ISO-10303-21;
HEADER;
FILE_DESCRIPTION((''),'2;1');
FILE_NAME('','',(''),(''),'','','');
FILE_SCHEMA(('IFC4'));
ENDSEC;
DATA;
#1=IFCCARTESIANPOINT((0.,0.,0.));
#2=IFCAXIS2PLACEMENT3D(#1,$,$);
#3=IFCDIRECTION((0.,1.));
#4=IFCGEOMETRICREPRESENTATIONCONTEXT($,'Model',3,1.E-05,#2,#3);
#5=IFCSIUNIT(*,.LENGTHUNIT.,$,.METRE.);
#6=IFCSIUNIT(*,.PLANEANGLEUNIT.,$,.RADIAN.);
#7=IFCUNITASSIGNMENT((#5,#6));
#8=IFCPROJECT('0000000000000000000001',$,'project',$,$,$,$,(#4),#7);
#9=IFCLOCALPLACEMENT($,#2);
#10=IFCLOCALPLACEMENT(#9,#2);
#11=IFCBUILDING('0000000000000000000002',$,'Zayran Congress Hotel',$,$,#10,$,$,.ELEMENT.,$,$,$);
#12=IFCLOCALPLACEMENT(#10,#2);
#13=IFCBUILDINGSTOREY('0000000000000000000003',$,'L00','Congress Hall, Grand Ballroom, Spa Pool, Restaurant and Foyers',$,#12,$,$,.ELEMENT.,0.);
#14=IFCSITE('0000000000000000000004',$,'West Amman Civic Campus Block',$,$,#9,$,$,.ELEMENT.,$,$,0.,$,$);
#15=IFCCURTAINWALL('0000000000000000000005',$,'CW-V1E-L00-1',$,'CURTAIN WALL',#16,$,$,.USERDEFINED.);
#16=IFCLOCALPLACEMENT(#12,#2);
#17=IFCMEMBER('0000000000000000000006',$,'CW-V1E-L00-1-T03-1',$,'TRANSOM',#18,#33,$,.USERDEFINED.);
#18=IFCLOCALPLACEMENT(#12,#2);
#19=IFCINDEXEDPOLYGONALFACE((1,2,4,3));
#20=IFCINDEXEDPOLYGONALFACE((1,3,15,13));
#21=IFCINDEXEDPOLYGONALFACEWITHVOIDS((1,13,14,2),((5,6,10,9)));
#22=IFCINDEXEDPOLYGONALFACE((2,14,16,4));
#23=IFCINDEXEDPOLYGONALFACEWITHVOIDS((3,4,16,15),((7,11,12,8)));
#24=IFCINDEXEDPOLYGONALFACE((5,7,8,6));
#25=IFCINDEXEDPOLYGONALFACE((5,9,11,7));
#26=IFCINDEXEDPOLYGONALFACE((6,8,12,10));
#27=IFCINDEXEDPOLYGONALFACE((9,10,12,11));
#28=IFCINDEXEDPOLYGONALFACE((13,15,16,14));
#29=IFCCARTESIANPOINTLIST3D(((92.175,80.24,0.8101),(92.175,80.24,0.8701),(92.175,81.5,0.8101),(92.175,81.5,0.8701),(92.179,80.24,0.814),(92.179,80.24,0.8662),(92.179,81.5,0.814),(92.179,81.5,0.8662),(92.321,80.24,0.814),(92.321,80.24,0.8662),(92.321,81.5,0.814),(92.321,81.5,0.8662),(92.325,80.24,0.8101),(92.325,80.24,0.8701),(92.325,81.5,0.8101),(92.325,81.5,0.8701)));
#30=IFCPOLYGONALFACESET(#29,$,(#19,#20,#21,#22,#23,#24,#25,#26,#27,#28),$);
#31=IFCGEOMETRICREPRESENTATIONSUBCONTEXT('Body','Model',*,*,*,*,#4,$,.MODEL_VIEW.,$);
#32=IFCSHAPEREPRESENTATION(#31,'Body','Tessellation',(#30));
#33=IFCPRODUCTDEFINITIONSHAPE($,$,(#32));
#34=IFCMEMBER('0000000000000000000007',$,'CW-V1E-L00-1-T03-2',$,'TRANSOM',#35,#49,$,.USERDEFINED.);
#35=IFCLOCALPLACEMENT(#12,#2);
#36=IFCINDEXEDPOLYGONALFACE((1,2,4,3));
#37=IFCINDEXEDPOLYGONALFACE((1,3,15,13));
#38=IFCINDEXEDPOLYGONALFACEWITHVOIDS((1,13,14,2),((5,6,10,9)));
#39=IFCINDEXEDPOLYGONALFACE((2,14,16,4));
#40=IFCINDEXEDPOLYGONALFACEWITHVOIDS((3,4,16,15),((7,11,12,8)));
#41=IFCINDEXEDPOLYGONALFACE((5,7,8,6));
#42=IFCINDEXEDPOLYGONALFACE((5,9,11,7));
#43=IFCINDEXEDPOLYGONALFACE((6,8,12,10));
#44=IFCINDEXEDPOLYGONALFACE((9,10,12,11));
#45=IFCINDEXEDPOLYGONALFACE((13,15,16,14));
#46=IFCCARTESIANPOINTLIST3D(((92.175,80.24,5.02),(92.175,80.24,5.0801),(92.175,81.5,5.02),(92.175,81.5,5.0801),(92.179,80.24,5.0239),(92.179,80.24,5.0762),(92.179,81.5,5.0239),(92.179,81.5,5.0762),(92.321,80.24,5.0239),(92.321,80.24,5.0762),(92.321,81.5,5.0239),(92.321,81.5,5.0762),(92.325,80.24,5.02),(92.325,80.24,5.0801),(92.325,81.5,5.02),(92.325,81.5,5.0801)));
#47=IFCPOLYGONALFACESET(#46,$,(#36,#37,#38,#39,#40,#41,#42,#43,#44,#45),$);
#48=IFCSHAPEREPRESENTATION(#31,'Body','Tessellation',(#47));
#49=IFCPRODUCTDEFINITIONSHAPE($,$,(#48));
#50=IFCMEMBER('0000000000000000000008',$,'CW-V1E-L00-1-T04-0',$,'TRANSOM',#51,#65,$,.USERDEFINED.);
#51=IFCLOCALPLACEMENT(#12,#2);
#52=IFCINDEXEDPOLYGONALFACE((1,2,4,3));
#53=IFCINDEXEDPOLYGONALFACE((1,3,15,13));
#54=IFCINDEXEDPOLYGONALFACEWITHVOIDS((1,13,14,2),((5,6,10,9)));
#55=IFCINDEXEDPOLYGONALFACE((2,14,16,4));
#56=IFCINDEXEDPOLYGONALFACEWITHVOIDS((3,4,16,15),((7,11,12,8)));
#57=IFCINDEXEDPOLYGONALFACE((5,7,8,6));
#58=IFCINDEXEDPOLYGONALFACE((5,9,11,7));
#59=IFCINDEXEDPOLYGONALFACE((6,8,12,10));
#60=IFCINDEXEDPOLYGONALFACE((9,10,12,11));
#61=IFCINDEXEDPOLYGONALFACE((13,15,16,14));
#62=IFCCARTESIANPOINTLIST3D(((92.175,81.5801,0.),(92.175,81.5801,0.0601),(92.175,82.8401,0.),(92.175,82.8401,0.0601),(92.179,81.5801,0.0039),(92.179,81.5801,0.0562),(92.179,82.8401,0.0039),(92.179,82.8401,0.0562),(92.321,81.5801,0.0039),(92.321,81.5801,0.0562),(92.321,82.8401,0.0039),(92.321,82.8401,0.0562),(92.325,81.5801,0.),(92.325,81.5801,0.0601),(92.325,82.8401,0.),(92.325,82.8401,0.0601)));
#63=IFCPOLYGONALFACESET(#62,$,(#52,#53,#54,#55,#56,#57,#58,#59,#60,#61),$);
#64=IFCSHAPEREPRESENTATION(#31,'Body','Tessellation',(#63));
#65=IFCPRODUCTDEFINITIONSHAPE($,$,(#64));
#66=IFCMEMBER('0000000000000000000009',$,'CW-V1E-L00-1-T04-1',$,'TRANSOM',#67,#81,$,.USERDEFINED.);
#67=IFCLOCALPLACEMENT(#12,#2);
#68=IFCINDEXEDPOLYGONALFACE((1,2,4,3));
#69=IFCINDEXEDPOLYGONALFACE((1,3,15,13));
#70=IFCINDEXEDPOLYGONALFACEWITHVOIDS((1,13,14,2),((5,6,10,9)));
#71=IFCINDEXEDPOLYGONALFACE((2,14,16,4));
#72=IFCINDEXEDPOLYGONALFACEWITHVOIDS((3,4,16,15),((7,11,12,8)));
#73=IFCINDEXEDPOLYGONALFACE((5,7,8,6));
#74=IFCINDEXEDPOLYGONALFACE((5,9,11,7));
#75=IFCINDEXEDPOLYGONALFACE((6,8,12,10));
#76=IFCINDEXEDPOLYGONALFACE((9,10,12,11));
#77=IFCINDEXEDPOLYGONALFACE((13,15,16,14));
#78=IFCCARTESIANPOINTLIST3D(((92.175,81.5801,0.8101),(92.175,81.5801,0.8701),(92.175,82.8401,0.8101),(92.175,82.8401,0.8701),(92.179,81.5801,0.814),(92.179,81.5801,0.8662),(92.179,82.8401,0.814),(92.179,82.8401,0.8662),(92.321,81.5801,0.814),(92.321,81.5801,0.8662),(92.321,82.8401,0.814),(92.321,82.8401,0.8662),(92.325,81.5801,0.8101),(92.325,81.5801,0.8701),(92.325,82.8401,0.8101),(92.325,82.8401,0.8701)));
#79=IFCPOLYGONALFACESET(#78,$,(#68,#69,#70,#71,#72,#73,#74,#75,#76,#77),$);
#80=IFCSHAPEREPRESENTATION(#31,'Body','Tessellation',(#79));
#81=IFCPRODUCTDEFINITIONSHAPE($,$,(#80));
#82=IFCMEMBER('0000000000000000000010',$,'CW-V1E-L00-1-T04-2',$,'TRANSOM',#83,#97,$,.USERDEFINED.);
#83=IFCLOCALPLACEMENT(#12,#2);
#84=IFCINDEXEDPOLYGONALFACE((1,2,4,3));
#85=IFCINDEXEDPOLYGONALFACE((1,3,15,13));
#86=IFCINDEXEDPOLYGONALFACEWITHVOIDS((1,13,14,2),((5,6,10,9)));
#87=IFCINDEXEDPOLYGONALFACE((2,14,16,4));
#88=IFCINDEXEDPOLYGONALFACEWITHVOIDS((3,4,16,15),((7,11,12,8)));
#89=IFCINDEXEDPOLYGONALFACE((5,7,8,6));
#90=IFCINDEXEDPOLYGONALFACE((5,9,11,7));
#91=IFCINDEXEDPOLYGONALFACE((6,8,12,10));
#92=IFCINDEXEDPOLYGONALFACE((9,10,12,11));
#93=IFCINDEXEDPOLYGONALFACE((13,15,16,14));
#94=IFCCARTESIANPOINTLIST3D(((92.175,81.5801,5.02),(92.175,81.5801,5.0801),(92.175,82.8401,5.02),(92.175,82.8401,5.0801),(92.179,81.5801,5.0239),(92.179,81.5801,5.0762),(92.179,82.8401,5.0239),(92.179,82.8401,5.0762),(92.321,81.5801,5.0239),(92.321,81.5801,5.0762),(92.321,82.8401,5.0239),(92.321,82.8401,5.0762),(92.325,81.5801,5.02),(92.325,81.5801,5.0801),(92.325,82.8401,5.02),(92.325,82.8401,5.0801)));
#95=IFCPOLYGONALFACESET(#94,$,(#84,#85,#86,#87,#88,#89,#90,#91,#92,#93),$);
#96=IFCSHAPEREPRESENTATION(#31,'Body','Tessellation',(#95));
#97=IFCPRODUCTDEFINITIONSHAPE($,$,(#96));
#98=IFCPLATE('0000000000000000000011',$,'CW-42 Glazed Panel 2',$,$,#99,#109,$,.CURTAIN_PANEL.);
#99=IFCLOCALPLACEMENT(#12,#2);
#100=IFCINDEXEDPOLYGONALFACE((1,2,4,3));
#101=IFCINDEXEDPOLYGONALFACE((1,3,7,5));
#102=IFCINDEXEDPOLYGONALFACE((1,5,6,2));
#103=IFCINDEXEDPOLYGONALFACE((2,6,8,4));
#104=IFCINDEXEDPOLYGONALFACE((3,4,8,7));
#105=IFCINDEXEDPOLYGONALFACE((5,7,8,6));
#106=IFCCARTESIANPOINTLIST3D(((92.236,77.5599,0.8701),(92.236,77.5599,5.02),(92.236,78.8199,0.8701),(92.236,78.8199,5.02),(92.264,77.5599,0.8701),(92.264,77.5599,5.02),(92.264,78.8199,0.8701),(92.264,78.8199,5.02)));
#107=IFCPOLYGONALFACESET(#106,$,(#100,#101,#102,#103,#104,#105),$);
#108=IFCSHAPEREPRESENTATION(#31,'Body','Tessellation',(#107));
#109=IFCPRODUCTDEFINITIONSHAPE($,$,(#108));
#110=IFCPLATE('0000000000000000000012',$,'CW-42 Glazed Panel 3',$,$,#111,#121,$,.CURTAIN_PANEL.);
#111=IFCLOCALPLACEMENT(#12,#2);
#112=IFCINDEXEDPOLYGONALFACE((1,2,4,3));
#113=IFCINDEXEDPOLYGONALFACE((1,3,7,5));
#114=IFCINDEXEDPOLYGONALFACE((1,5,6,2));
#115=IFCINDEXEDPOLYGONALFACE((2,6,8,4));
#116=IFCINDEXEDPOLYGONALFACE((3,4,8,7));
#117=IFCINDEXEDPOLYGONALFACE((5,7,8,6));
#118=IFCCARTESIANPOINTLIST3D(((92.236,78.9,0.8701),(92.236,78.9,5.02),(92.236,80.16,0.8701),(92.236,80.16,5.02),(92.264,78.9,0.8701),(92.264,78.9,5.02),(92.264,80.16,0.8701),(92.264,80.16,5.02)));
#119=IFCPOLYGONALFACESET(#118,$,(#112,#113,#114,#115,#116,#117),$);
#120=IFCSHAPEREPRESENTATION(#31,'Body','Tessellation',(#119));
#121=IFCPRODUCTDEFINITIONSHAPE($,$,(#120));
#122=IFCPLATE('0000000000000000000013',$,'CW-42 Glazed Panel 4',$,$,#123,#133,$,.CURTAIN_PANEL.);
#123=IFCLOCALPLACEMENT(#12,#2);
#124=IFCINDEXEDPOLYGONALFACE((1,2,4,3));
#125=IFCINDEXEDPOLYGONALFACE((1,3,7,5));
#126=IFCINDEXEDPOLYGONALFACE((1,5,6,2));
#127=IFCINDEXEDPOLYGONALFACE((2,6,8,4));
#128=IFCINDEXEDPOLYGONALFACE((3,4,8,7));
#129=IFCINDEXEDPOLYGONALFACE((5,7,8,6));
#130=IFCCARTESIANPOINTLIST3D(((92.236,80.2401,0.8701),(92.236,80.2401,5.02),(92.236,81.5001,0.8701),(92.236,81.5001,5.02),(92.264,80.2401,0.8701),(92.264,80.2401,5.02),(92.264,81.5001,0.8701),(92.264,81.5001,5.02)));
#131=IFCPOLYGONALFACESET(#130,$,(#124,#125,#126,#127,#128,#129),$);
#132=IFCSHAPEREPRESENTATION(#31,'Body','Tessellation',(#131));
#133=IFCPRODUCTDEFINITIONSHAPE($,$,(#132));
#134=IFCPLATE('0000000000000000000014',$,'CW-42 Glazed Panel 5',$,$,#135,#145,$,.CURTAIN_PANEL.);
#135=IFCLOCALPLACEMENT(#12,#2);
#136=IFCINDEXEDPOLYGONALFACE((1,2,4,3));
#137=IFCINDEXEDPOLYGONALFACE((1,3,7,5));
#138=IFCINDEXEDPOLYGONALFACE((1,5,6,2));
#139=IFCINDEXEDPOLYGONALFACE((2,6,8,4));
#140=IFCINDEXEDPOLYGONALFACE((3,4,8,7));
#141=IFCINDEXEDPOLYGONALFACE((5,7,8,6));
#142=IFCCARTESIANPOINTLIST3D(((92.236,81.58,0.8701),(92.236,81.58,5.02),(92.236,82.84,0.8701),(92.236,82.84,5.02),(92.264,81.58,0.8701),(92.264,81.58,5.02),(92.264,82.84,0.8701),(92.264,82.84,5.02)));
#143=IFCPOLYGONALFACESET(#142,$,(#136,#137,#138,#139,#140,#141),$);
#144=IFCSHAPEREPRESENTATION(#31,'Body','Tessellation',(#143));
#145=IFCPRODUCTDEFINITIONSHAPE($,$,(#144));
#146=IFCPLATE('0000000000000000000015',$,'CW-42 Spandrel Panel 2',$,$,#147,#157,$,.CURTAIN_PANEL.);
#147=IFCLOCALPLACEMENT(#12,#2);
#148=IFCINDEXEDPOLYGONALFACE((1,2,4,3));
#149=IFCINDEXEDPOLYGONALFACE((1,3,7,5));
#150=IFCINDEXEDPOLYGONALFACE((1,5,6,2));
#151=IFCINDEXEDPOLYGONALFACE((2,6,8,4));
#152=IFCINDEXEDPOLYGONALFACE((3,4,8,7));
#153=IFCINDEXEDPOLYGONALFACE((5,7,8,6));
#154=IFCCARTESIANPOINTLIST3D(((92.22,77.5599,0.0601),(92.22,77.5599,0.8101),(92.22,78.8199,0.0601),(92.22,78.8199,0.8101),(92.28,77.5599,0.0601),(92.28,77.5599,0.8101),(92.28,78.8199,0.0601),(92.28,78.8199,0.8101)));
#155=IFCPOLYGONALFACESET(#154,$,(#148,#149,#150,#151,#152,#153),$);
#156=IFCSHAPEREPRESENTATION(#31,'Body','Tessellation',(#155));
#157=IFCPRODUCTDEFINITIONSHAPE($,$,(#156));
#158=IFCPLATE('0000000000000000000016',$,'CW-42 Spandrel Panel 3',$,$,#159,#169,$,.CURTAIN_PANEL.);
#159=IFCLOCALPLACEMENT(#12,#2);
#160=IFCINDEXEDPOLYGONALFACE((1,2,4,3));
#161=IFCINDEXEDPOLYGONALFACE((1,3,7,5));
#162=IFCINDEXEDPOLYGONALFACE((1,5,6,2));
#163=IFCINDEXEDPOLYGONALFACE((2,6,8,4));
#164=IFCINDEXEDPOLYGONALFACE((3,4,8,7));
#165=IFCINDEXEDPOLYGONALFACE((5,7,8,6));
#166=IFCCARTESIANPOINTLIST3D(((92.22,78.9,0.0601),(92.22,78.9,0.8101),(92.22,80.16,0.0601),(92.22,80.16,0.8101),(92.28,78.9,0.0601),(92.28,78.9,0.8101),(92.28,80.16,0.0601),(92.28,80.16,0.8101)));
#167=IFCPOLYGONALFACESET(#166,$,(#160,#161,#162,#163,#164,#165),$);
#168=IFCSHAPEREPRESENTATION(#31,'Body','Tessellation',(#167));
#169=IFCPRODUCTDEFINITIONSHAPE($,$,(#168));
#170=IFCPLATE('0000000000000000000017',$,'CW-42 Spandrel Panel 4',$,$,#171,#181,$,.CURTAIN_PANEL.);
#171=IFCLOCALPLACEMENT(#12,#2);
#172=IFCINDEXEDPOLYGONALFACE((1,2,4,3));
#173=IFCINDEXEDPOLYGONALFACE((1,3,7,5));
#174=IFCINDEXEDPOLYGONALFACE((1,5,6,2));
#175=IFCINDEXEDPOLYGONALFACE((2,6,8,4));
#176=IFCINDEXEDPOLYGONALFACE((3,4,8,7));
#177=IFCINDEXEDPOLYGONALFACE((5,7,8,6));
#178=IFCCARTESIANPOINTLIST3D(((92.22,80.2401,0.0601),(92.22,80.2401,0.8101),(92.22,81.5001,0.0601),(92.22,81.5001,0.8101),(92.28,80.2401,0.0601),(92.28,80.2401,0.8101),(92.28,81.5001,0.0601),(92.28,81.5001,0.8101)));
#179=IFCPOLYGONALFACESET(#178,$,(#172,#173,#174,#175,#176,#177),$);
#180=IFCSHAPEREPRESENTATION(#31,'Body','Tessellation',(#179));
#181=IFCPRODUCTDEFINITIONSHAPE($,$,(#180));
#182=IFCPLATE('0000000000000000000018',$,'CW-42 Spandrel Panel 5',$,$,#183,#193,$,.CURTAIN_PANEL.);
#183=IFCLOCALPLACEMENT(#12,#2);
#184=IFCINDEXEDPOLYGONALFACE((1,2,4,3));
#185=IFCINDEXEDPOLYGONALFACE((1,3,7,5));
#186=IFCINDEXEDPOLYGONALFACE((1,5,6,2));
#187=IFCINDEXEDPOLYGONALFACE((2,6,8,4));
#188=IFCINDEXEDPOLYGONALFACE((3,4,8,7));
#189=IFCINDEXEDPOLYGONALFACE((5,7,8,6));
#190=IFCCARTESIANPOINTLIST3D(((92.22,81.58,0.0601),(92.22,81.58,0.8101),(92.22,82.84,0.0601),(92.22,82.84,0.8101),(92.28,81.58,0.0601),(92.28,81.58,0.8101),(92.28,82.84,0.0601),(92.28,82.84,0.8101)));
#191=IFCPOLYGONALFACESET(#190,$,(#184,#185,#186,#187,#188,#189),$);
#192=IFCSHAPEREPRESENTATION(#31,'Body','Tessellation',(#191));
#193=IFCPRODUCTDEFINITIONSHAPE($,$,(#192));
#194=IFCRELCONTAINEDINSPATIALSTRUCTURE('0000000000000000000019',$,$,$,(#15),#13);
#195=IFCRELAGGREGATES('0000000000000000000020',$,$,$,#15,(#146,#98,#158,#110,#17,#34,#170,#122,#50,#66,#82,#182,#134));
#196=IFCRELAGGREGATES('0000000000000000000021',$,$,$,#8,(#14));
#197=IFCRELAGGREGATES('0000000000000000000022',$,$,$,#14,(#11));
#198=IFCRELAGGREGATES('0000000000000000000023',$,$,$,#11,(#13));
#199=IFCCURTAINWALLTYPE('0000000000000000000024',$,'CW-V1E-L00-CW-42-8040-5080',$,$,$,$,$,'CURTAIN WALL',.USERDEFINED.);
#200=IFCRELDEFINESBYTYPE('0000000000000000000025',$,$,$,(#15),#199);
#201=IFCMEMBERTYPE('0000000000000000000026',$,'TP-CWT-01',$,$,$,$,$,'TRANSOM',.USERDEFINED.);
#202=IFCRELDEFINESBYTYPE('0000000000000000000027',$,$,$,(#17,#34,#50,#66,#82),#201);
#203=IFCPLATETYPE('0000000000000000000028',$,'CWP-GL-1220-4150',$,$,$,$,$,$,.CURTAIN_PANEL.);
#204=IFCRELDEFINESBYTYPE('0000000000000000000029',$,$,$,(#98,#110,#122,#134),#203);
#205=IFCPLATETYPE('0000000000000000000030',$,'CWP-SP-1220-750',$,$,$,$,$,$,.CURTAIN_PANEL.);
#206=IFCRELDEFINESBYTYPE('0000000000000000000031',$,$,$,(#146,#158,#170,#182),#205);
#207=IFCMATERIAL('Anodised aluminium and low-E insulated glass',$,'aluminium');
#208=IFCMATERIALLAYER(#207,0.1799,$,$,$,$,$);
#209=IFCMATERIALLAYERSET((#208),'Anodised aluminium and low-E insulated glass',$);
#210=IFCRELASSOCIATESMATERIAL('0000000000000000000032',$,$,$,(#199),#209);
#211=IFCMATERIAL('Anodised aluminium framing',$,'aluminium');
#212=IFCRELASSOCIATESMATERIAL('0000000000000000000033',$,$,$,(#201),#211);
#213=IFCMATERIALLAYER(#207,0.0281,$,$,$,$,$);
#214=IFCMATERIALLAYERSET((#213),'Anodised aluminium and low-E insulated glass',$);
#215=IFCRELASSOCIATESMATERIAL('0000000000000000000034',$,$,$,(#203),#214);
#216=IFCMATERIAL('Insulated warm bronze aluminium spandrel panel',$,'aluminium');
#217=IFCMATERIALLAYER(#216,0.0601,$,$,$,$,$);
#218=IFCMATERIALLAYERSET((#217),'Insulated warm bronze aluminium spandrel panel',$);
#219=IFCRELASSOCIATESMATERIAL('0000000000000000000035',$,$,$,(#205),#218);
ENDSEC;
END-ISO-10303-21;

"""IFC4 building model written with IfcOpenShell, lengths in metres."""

from ifc_helpers import new_model, si_unit, direction, frame, origin, origin_2d, place, context, subcontext, project, spatial, rectangle, hollow_rectangle, extrude, material, layer, layer_set, material_profile, profile_set, type_object, element, aggregate, save


model = new_model("IFC4")

# Units and contexts
model_context = context("Model", 3, precision=1e-05, world=origin(), true_north=direction((0.0, 1.0)))
body_context = subcontext(model_context, "Body", "Model", "MODEL_VIEW")
ifc_project = project(units=[si_unit("LENGTHUNIT", "METRE"), si_unit("PLANEANGLEUNIT", "RADIAN")], contexts=[model_context])

# Site, building, storey
site_placement = place(None, origin())
site = spatial("IfcSite", under=ifc_project, at=site_placement, Name="West Amman Civic Campus Block", CompositionType="ELEMENT", RefElevation=0.0)
building_placement = place(site_placement, origin())
building = spatial("IfcBuilding", under=site, at=building_placement, Name="Zayran Congress Hotel", CompositionType="ELEMENT")
storey_placement = place(building_placement, origin())
storey = spatial("IfcBuildingStorey", under=building, at=storey_placement, Name="L00", Description="Congress Hall, Grand Ballroom, Spa Pool, Restaurant and Foyers", CompositionType="ELEMENT", Elevation=0.0)

# Curtain wall, members, plates
ifc_material_1 = material(Name="Anodised aluminium and low-E insulated glass", Category="aluminium")
ifc_layer_1 = layer(ifc_material_1, 0.1799)
ifc_layer_set_1 = layer_set([ifc_layer_1], Name="Anodised aluminium and low-E insulated glass")
curtain_wall_type = type_object("IfcCurtainWallType", Name="CW-V1E-L00-CW-42-8040-5080", ElementType="CURTAIN WALL", PredefinedType="USERDEFINED", material=ifc_layer_set_1)
curtain_wall_placement = place(storey_placement, origin())
curtain_wall = element("IfcCurtainWall", 1, at=curtain_wall_placement, inside=storey, type_object=curtain_wall_type, Name="CW-V1E-L00-1", ObjectType="CURTAIN WALL", PredefinedType="USERDEFINED")
ifc_material_2 = material(Name="Anodised aluminium framing", Category="aluminium")
ifc_material_profile_1 = material_profile(ifc_material_2, hollow_rectangle(XDim=0.0601, YDim=0.1499, WallThickness=0.0039, at=origin_2d()), Name="RHS 150x60x4")
ifc_profile_set_1 = profile_set([ifc_material_profile_1], Name="Anodised aluminium framing")
member_type_1 = type_object("IfcMemberType", Name="TP-CWT-01", ElementType="TRANSOM", PredefinedType="USERDEFINED", material=ifc_profile_set_1)
member_1_placement = place(storey_placement, frame((92.25, 80.24, 0.8401), z_axis=(0.0, 1.0, 0.0), x_axis=(0.0, 0.0, 1.0)))
member_1 = element("IfcMember", 2, at=member_1_placement, type_object=member_type_1, Name="CW-V1E-L00-1-T03-1", ObjectType="TRANSOM", PredefinedType="USERDEFINED", context=body_context, shape_type="SweptSolid", body=[
    extrude(hollow_rectangle(XDim=0.0601, YDim=0.1499, WallThickness=0.0039, at=origin_2d()), origin(), (0.0, 0.0, 1.0), 1.26),
])
member_2_placement = place(storey_placement, frame((92.25, 80.24, 5.05), z_axis=(0.0, 1.0, 0.0), x_axis=(0.0, 0.0, 1.0)))
member_2 = element("IfcMember", 3, at=member_2_placement, type_object=member_type_1, Name="CW-V1E-L00-1-T03-2", ObjectType="TRANSOM", PredefinedType="USERDEFINED", context=body_context, shape_type="SweptSolid", body=[
    extrude(hollow_rectangle(XDim=0.0601, YDim=0.1499, WallThickness=0.0039, at=origin_2d()), origin(), (0.0, 0.0, 1.0), 1.26),
])
member_3_placement = place(storey_placement, frame((92.25, 81.5801, 0.03), z_axis=(0.0, 1.0, 0.0), x_axis=(0.0, 0.0, 1.0)))
member_3 = element("IfcMember", 4, at=member_3_placement, type_object=member_type_1, Name="CW-V1E-L00-1-T04-0", ObjectType="TRANSOM", PredefinedType="USERDEFINED", context=body_context, shape_type="SweptSolid", body=[
    extrude(hollow_rectangle(XDim=0.0601, YDim=0.1499, WallThickness=0.0039, at=origin_2d()), origin(), (0.0, 0.0, 1.0), 1.26),
])
member_4_placement = place(storey_placement, frame((92.25, 81.5801, 0.8401), z_axis=(0.0, 1.0, 0.0), x_axis=(0.0, 0.0, 1.0)))
member_4 = element("IfcMember", 5, at=member_4_placement, type_object=member_type_1, Name="CW-V1E-L00-1-T04-1", ObjectType="TRANSOM", PredefinedType="USERDEFINED", context=body_context, shape_type="SweptSolid", body=[
    extrude(hollow_rectangle(XDim=0.0601, YDim=0.1499, WallThickness=0.0039, at=origin_2d()), origin(), (0.0, 0.0, 1.0), 1.26),
])
member_5_placement = place(storey_placement, frame((92.25, 81.5801, 5.05), z_axis=(0.0, 1.0, 0.0), x_axis=(0.0, 0.0, 1.0)))
member_5 = element("IfcMember", 6, at=member_5_placement, type_object=member_type_1, Name="CW-V1E-L00-1-T04-2", ObjectType="TRANSOM", PredefinedType="USERDEFINED", context=body_context, shape_type="SweptSolid", body=[
    extrude(hollow_rectangle(XDim=0.0601, YDim=0.1499, WallThickness=0.0039, at=origin_2d()), origin(), (0.0, 0.0, 1.0), 1.26),
])
ifc_layer_2 = layer(ifc_material_1, 0.0281)
ifc_layer_set_2 = layer_set([ifc_layer_2], Name="Anodised aluminium and low-E insulated glass")
plate_type_1 = type_object("IfcPlateType", Name="CWP-GL-1220-4150", PredefinedType="CURTAIN_PANEL", material=ifc_layer_set_2)
plate_1_placement = place(storey_placement, frame((92.25, 78.1899, 0.8701), z_axis=(0.0, 0.0, 1.0), x_axis=(0.0, 1.0, 0.0)))
plate_1 = element("IfcPlate", 7, at=plate_1_placement, type_object=plate_type_1, Name="CW-42 Glazed Panel 2", PredefinedType="CURTAIN_PANEL", context=body_context, shape_type="SweptSolid", body=[
    extrude(rectangle(XDim=1.26, YDim=0.0281, at=origin_2d()), origin(), (0.0, 0.0, 1.0), 4.1499),
])
plate_2_placement = place(storey_placement, frame((92.25, 79.53, 0.8701), z_axis=(0.0, 0.0, 1.0), x_axis=(0.0, 1.0, 0.0)))
plate_2 = element("IfcPlate", 8, at=plate_2_placement, type_object=plate_type_1, Name="CW-42 Glazed Panel 3", PredefinedType="CURTAIN_PANEL", context=body_context, shape_type="SweptSolid", body=[
    extrude(rectangle(XDim=1.26, YDim=0.0281, at=origin_2d()), origin(), (0.0, 0.0, 1.0), 4.1499),
])
plate_3_placement = place(storey_placement, frame((92.25, 80.8701, 0.8701), z_axis=(0.0, 0.0, 1.0), x_axis=(0.0, 1.0, 0.0)))
plate_3 = element("IfcPlate", 9, at=plate_3_placement, type_object=plate_type_1, Name="CW-42 Glazed Panel 4", PredefinedType="CURTAIN_PANEL", context=body_context, shape_type="SweptSolid", body=[
    extrude(rectangle(XDim=1.26, YDim=0.0281, at=origin_2d()), origin(), (0.0, 0.0, 1.0), 4.1499),
])
plate_4_placement = place(storey_placement, frame((92.25, 82.21, 0.8701), z_axis=(0.0, 0.0, 1.0), x_axis=(0.0, 1.0, 0.0)))
plate_4 = element("IfcPlate", 10, at=plate_4_placement, type_object=plate_type_1, Name="CW-42 Glazed Panel 5", PredefinedType="CURTAIN_PANEL", context=body_context, shape_type="SweptSolid", body=[
    extrude(rectangle(XDim=1.26, YDim=0.0281, at=origin_2d()), origin(), (0.0, 0.0, 1.0), 4.1499),
])
ifc_material_3 = material(Name="Insulated warm bronze aluminium spandrel panel", Category="aluminium")
ifc_layer_3 = layer(ifc_material_3, 0.0601)
ifc_layer_set_3 = layer_set([ifc_layer_3], Name="Insulated warm bronze aluminium spandrel panel")
plate_type_2 = type_object("IfcPlateType", Name="CWP-SP-1220-750", PredefinedType="CURTAIN_PANEL", material=ifc_layer_set_3)
plate_5_placement = place(storey_placement, frame((92.25, 78.1899, 0.0601), z_axis=(0.0, 0.0, 1.0), x_axis=(0.0, 1.0, 0.0)))
plate_5 = element("IfcPlate", 11, at=plate_5_placement, type_object=plate_type_2, Name="CW-42 Spandrel Panel 2", PredefinedType="CURTAIN_PANEL", context=body_context, shape_type="SweptSolid", body=[
    extrude(rectangle(XDim=1.26, YDim=0.0601, at=origin_2d()), origin(), (0.0, 0.0, 1.0), 0.75),
])
plate_6_placement = place(storey_placement, frame((92.25, 79.53, 0.0601), z_axis=(0.0, 0.0, 1.0), x_axis=(0.0, 1.0, 0.0)))
plate_6 = element("IfcPlate", 12, at=plate_6_placement, type_object=plate_type_2, Name="CW-42 Spandrel Panel 3", PredefinedType="CURTAIN_PANEL", context=body_context, shape_type="SweptSolid", body=[
    extrude(rectangle(XDim=1.26, YDim=0.0601, at=origin_2d()), origin(), (0.0, 0.0, 1.0), 0.75),
])
plate_7_placement = place(storey_placement, frame((92.25, 80.8701, 0.0601), z_axis=(0.0, 0.0, 1.0), x_axis=(0.0, 1.0, 0.0)))
plate_7 = element("IfcPlate", 13, at=plate_7_placement, type_object=plate_type_2, Name="CW-42 Spandrel Panel 4", PredefinedType="CURTAIN_PANEL", context=body_context, shape_type="SweptSolid", body=[
    extrude(rectangle(XDim=1.26, YDim=0.0601, at=origin_2d()), origin(), (0.0, 0.0, 1.0), 0.75),
])
plate_8_placement = place(storey_placement, frame((92.25, 82.21, 0.0601), z_axis=(0.0, 0.0, 1.0), x_axis=(0.0, 1.0, 0.0)))
plate_8 = element("IfcPlate", 14, at=plate_8_placement, type_object=plate_type_2, Name="CW-42 Spandrel Panel 5", PredefinedType="CURTAIN_PANEL", context=body_context, shape_type="SweptSolid", body=[
    extrude(rectangle(XDim=1.26, YDim=0.0601, at=origin_2d()), origin(), (0.0, 0.0, 1.0), 0.75),
])
aggregate(curtain_wall, [plate_5, plate_1, plate_6, plate_2, member_1, member_2, plate_7, plate_3, member_3, member_4, member_5, plate_8, plate_4])

save(model, "model.ifc")
